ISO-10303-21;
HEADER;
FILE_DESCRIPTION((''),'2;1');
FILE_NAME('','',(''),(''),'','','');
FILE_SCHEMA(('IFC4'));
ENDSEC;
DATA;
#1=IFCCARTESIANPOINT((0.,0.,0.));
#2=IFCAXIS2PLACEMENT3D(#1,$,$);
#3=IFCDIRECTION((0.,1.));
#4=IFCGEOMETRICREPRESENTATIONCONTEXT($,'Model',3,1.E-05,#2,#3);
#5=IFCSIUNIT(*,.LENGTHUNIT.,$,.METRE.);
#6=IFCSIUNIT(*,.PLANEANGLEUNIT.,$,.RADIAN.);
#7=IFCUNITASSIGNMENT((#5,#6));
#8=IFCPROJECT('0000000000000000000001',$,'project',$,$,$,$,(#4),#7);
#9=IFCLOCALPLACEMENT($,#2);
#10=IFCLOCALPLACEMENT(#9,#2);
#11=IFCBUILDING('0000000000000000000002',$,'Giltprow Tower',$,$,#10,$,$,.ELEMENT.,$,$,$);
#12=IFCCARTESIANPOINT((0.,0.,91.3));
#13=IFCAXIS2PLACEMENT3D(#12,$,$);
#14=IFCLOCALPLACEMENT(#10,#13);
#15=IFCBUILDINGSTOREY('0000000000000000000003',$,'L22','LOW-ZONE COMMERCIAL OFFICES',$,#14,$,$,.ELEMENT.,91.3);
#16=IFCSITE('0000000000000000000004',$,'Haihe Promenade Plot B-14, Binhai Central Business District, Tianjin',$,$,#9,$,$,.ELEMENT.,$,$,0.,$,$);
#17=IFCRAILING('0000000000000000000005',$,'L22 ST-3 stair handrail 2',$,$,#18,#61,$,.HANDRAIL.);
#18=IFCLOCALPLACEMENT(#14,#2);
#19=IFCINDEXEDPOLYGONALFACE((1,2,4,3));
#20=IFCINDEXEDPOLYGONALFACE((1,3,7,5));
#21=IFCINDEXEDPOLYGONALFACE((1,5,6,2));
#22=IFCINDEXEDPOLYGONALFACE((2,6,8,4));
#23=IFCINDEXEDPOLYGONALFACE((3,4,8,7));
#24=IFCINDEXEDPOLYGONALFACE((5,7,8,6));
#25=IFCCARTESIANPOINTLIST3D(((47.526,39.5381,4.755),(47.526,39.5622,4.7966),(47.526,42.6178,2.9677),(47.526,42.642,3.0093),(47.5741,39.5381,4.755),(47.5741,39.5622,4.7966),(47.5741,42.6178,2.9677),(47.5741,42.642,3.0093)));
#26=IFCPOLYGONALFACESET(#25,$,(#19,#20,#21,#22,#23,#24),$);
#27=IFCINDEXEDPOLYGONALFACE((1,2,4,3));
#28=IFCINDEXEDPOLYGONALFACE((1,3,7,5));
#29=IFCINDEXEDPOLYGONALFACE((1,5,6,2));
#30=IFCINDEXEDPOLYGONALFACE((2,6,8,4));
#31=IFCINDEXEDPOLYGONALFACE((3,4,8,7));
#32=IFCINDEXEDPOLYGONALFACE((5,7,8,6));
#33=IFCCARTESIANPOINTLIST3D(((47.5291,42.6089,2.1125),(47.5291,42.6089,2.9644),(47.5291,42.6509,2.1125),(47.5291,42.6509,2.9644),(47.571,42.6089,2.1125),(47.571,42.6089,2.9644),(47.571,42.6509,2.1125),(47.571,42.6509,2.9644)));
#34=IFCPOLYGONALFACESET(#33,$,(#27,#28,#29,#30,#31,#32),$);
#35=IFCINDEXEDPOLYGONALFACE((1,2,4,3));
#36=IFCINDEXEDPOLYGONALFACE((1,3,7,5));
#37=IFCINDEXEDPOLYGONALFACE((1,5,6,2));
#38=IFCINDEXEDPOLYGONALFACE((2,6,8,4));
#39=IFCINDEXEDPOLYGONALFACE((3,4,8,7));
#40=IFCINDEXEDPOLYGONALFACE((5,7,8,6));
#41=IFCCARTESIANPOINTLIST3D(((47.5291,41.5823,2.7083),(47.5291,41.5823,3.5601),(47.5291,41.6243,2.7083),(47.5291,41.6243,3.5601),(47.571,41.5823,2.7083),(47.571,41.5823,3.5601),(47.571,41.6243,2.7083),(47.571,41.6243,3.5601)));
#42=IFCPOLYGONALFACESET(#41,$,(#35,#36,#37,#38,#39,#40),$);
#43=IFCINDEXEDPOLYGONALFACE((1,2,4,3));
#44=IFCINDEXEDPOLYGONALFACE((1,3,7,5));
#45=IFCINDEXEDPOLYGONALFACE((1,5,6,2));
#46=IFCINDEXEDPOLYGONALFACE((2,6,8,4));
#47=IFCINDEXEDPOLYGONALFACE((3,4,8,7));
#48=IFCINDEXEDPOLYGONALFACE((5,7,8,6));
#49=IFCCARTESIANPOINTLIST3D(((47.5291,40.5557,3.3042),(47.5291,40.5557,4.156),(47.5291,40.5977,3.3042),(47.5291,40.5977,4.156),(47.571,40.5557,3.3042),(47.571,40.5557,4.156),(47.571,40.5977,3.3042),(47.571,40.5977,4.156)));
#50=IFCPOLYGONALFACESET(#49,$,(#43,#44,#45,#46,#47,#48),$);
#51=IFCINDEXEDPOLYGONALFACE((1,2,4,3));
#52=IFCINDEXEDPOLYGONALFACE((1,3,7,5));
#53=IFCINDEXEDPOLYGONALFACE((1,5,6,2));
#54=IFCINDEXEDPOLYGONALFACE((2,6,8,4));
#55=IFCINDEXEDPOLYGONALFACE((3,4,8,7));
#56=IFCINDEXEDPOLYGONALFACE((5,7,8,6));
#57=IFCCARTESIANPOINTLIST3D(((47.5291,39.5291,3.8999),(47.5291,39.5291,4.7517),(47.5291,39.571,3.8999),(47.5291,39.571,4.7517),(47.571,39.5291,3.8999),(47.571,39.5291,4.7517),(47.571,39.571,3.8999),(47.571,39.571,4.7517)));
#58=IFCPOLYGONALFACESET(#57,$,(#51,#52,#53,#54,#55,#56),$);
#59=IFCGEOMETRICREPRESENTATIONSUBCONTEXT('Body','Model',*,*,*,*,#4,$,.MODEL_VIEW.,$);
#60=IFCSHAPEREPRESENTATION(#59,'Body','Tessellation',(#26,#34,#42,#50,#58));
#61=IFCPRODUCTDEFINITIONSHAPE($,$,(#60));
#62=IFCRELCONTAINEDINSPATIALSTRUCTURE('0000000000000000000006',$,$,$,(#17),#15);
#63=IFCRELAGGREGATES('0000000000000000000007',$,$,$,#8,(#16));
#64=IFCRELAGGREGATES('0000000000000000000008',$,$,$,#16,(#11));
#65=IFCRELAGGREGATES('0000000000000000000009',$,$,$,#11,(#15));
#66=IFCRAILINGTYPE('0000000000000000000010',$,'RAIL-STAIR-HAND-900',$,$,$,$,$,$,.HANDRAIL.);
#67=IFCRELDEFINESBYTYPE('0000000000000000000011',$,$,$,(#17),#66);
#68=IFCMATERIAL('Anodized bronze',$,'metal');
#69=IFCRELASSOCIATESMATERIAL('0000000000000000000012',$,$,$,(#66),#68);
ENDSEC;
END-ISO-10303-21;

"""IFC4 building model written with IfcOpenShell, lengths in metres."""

from ifc_helpers import new_model, si_unit, direction, frame, origin, origin_2d, place, context, subcontext, project, spatial, rectangle, extrude, material, type_object, element, save


model = new_model("IFC4")

# Units and contexts
model_context = context("Model", 3, precision=1e-05, world=origin(), true_north=direction((0.0, 1.0)))
body_context = subcontext(model_context, "Body", "Model", "MODEL_VIEW")
ifc_project = project(units=[si_unit("LENGTHUNIT", "METRE"), si_unit("PLANEANGLEUNIT", "RADIAN")], contexts=[model_context])

# Site, building, storey
site_placement = place(None, origin())
site = spatial("IfcSite", under=ifc_project, at=site_placement, Name="Haihe Promenade Plot B-14, Binhai Central Business District, Tianjin", CompositionType="ELEMENT", RefElevation=0.0)
building_placement = place(site_placement, origin())
building = spatial("IfcBuilding", under=site, at=building_placement, Name="Giltprow Tower", CompositionType="ELEMENT")
storey_placement = place(building_placement, frame((0.0, 0.0, 91.3)))
storey = spatial("IfcBuildingStorey", under=building, at=storey_placement, Name="L22", Description="LOW-ZONE COMMERCIAL OFFICES", CompositionType="ELEMENT", Elevation=91.3)

# Railing
ifc_material_1 = material(Name="Anodized bronze", Category="metal")
railing_type_1 = type_object("IfcRailingType", Name="RAIL-STAIR-HAND-900", PredefinedType="HANDRAIL", material=ifc_material_1)
railing_1_placement = place(storey_placement, frame((47.55, 42.6299, 2.1125)))
element("IfcRailing", 1, at=railing_1_placement, inside=storey, type_object=railing_type_1, Name="L22 ST-3 stair handrail 2", PredefinedType="HANDRAIL", context=body_context, shape_type="SweptSolid", body=[
    extrude(rectangle(XDim=0.0481, YDim=0.0481, at=origin_2d()), frame((0.0, 0.0, 0.876), z_axis=(0.0, -0.864903, 0.501939), x_axis=(1.0, 0.0, 0.0)), (0.0, 0.0, 1.0), 3.5608),
    extrude(rectangle(XDim=0.042, YDim=0.042, at=origin_2d()), origin(), (0.0, 0.0, 1.0), 0.8518),
    extrude(rectangle(XDim=0.042, YDim=0.042, at=origin_2d()), frame((0.0, -1.0266, 0.5957)), (0.0, 0.0, 1.0), 0.8518),
    extrude(rectangle(XDim=0.042, YDim=0.042, at=origin_2d()), frame((0.0, -2.0532, 1.1917)), (0.0, 0.0, 1.0), 0.8518),
    extrude(rectangle(XDim=0.042, YDim=0.042, at=origin_2d()), frame((0.0, -3.0798, 1.7874)), (0.0, 0.0, 1.0), 0.8518),
])

save(model, "model.ifc")
